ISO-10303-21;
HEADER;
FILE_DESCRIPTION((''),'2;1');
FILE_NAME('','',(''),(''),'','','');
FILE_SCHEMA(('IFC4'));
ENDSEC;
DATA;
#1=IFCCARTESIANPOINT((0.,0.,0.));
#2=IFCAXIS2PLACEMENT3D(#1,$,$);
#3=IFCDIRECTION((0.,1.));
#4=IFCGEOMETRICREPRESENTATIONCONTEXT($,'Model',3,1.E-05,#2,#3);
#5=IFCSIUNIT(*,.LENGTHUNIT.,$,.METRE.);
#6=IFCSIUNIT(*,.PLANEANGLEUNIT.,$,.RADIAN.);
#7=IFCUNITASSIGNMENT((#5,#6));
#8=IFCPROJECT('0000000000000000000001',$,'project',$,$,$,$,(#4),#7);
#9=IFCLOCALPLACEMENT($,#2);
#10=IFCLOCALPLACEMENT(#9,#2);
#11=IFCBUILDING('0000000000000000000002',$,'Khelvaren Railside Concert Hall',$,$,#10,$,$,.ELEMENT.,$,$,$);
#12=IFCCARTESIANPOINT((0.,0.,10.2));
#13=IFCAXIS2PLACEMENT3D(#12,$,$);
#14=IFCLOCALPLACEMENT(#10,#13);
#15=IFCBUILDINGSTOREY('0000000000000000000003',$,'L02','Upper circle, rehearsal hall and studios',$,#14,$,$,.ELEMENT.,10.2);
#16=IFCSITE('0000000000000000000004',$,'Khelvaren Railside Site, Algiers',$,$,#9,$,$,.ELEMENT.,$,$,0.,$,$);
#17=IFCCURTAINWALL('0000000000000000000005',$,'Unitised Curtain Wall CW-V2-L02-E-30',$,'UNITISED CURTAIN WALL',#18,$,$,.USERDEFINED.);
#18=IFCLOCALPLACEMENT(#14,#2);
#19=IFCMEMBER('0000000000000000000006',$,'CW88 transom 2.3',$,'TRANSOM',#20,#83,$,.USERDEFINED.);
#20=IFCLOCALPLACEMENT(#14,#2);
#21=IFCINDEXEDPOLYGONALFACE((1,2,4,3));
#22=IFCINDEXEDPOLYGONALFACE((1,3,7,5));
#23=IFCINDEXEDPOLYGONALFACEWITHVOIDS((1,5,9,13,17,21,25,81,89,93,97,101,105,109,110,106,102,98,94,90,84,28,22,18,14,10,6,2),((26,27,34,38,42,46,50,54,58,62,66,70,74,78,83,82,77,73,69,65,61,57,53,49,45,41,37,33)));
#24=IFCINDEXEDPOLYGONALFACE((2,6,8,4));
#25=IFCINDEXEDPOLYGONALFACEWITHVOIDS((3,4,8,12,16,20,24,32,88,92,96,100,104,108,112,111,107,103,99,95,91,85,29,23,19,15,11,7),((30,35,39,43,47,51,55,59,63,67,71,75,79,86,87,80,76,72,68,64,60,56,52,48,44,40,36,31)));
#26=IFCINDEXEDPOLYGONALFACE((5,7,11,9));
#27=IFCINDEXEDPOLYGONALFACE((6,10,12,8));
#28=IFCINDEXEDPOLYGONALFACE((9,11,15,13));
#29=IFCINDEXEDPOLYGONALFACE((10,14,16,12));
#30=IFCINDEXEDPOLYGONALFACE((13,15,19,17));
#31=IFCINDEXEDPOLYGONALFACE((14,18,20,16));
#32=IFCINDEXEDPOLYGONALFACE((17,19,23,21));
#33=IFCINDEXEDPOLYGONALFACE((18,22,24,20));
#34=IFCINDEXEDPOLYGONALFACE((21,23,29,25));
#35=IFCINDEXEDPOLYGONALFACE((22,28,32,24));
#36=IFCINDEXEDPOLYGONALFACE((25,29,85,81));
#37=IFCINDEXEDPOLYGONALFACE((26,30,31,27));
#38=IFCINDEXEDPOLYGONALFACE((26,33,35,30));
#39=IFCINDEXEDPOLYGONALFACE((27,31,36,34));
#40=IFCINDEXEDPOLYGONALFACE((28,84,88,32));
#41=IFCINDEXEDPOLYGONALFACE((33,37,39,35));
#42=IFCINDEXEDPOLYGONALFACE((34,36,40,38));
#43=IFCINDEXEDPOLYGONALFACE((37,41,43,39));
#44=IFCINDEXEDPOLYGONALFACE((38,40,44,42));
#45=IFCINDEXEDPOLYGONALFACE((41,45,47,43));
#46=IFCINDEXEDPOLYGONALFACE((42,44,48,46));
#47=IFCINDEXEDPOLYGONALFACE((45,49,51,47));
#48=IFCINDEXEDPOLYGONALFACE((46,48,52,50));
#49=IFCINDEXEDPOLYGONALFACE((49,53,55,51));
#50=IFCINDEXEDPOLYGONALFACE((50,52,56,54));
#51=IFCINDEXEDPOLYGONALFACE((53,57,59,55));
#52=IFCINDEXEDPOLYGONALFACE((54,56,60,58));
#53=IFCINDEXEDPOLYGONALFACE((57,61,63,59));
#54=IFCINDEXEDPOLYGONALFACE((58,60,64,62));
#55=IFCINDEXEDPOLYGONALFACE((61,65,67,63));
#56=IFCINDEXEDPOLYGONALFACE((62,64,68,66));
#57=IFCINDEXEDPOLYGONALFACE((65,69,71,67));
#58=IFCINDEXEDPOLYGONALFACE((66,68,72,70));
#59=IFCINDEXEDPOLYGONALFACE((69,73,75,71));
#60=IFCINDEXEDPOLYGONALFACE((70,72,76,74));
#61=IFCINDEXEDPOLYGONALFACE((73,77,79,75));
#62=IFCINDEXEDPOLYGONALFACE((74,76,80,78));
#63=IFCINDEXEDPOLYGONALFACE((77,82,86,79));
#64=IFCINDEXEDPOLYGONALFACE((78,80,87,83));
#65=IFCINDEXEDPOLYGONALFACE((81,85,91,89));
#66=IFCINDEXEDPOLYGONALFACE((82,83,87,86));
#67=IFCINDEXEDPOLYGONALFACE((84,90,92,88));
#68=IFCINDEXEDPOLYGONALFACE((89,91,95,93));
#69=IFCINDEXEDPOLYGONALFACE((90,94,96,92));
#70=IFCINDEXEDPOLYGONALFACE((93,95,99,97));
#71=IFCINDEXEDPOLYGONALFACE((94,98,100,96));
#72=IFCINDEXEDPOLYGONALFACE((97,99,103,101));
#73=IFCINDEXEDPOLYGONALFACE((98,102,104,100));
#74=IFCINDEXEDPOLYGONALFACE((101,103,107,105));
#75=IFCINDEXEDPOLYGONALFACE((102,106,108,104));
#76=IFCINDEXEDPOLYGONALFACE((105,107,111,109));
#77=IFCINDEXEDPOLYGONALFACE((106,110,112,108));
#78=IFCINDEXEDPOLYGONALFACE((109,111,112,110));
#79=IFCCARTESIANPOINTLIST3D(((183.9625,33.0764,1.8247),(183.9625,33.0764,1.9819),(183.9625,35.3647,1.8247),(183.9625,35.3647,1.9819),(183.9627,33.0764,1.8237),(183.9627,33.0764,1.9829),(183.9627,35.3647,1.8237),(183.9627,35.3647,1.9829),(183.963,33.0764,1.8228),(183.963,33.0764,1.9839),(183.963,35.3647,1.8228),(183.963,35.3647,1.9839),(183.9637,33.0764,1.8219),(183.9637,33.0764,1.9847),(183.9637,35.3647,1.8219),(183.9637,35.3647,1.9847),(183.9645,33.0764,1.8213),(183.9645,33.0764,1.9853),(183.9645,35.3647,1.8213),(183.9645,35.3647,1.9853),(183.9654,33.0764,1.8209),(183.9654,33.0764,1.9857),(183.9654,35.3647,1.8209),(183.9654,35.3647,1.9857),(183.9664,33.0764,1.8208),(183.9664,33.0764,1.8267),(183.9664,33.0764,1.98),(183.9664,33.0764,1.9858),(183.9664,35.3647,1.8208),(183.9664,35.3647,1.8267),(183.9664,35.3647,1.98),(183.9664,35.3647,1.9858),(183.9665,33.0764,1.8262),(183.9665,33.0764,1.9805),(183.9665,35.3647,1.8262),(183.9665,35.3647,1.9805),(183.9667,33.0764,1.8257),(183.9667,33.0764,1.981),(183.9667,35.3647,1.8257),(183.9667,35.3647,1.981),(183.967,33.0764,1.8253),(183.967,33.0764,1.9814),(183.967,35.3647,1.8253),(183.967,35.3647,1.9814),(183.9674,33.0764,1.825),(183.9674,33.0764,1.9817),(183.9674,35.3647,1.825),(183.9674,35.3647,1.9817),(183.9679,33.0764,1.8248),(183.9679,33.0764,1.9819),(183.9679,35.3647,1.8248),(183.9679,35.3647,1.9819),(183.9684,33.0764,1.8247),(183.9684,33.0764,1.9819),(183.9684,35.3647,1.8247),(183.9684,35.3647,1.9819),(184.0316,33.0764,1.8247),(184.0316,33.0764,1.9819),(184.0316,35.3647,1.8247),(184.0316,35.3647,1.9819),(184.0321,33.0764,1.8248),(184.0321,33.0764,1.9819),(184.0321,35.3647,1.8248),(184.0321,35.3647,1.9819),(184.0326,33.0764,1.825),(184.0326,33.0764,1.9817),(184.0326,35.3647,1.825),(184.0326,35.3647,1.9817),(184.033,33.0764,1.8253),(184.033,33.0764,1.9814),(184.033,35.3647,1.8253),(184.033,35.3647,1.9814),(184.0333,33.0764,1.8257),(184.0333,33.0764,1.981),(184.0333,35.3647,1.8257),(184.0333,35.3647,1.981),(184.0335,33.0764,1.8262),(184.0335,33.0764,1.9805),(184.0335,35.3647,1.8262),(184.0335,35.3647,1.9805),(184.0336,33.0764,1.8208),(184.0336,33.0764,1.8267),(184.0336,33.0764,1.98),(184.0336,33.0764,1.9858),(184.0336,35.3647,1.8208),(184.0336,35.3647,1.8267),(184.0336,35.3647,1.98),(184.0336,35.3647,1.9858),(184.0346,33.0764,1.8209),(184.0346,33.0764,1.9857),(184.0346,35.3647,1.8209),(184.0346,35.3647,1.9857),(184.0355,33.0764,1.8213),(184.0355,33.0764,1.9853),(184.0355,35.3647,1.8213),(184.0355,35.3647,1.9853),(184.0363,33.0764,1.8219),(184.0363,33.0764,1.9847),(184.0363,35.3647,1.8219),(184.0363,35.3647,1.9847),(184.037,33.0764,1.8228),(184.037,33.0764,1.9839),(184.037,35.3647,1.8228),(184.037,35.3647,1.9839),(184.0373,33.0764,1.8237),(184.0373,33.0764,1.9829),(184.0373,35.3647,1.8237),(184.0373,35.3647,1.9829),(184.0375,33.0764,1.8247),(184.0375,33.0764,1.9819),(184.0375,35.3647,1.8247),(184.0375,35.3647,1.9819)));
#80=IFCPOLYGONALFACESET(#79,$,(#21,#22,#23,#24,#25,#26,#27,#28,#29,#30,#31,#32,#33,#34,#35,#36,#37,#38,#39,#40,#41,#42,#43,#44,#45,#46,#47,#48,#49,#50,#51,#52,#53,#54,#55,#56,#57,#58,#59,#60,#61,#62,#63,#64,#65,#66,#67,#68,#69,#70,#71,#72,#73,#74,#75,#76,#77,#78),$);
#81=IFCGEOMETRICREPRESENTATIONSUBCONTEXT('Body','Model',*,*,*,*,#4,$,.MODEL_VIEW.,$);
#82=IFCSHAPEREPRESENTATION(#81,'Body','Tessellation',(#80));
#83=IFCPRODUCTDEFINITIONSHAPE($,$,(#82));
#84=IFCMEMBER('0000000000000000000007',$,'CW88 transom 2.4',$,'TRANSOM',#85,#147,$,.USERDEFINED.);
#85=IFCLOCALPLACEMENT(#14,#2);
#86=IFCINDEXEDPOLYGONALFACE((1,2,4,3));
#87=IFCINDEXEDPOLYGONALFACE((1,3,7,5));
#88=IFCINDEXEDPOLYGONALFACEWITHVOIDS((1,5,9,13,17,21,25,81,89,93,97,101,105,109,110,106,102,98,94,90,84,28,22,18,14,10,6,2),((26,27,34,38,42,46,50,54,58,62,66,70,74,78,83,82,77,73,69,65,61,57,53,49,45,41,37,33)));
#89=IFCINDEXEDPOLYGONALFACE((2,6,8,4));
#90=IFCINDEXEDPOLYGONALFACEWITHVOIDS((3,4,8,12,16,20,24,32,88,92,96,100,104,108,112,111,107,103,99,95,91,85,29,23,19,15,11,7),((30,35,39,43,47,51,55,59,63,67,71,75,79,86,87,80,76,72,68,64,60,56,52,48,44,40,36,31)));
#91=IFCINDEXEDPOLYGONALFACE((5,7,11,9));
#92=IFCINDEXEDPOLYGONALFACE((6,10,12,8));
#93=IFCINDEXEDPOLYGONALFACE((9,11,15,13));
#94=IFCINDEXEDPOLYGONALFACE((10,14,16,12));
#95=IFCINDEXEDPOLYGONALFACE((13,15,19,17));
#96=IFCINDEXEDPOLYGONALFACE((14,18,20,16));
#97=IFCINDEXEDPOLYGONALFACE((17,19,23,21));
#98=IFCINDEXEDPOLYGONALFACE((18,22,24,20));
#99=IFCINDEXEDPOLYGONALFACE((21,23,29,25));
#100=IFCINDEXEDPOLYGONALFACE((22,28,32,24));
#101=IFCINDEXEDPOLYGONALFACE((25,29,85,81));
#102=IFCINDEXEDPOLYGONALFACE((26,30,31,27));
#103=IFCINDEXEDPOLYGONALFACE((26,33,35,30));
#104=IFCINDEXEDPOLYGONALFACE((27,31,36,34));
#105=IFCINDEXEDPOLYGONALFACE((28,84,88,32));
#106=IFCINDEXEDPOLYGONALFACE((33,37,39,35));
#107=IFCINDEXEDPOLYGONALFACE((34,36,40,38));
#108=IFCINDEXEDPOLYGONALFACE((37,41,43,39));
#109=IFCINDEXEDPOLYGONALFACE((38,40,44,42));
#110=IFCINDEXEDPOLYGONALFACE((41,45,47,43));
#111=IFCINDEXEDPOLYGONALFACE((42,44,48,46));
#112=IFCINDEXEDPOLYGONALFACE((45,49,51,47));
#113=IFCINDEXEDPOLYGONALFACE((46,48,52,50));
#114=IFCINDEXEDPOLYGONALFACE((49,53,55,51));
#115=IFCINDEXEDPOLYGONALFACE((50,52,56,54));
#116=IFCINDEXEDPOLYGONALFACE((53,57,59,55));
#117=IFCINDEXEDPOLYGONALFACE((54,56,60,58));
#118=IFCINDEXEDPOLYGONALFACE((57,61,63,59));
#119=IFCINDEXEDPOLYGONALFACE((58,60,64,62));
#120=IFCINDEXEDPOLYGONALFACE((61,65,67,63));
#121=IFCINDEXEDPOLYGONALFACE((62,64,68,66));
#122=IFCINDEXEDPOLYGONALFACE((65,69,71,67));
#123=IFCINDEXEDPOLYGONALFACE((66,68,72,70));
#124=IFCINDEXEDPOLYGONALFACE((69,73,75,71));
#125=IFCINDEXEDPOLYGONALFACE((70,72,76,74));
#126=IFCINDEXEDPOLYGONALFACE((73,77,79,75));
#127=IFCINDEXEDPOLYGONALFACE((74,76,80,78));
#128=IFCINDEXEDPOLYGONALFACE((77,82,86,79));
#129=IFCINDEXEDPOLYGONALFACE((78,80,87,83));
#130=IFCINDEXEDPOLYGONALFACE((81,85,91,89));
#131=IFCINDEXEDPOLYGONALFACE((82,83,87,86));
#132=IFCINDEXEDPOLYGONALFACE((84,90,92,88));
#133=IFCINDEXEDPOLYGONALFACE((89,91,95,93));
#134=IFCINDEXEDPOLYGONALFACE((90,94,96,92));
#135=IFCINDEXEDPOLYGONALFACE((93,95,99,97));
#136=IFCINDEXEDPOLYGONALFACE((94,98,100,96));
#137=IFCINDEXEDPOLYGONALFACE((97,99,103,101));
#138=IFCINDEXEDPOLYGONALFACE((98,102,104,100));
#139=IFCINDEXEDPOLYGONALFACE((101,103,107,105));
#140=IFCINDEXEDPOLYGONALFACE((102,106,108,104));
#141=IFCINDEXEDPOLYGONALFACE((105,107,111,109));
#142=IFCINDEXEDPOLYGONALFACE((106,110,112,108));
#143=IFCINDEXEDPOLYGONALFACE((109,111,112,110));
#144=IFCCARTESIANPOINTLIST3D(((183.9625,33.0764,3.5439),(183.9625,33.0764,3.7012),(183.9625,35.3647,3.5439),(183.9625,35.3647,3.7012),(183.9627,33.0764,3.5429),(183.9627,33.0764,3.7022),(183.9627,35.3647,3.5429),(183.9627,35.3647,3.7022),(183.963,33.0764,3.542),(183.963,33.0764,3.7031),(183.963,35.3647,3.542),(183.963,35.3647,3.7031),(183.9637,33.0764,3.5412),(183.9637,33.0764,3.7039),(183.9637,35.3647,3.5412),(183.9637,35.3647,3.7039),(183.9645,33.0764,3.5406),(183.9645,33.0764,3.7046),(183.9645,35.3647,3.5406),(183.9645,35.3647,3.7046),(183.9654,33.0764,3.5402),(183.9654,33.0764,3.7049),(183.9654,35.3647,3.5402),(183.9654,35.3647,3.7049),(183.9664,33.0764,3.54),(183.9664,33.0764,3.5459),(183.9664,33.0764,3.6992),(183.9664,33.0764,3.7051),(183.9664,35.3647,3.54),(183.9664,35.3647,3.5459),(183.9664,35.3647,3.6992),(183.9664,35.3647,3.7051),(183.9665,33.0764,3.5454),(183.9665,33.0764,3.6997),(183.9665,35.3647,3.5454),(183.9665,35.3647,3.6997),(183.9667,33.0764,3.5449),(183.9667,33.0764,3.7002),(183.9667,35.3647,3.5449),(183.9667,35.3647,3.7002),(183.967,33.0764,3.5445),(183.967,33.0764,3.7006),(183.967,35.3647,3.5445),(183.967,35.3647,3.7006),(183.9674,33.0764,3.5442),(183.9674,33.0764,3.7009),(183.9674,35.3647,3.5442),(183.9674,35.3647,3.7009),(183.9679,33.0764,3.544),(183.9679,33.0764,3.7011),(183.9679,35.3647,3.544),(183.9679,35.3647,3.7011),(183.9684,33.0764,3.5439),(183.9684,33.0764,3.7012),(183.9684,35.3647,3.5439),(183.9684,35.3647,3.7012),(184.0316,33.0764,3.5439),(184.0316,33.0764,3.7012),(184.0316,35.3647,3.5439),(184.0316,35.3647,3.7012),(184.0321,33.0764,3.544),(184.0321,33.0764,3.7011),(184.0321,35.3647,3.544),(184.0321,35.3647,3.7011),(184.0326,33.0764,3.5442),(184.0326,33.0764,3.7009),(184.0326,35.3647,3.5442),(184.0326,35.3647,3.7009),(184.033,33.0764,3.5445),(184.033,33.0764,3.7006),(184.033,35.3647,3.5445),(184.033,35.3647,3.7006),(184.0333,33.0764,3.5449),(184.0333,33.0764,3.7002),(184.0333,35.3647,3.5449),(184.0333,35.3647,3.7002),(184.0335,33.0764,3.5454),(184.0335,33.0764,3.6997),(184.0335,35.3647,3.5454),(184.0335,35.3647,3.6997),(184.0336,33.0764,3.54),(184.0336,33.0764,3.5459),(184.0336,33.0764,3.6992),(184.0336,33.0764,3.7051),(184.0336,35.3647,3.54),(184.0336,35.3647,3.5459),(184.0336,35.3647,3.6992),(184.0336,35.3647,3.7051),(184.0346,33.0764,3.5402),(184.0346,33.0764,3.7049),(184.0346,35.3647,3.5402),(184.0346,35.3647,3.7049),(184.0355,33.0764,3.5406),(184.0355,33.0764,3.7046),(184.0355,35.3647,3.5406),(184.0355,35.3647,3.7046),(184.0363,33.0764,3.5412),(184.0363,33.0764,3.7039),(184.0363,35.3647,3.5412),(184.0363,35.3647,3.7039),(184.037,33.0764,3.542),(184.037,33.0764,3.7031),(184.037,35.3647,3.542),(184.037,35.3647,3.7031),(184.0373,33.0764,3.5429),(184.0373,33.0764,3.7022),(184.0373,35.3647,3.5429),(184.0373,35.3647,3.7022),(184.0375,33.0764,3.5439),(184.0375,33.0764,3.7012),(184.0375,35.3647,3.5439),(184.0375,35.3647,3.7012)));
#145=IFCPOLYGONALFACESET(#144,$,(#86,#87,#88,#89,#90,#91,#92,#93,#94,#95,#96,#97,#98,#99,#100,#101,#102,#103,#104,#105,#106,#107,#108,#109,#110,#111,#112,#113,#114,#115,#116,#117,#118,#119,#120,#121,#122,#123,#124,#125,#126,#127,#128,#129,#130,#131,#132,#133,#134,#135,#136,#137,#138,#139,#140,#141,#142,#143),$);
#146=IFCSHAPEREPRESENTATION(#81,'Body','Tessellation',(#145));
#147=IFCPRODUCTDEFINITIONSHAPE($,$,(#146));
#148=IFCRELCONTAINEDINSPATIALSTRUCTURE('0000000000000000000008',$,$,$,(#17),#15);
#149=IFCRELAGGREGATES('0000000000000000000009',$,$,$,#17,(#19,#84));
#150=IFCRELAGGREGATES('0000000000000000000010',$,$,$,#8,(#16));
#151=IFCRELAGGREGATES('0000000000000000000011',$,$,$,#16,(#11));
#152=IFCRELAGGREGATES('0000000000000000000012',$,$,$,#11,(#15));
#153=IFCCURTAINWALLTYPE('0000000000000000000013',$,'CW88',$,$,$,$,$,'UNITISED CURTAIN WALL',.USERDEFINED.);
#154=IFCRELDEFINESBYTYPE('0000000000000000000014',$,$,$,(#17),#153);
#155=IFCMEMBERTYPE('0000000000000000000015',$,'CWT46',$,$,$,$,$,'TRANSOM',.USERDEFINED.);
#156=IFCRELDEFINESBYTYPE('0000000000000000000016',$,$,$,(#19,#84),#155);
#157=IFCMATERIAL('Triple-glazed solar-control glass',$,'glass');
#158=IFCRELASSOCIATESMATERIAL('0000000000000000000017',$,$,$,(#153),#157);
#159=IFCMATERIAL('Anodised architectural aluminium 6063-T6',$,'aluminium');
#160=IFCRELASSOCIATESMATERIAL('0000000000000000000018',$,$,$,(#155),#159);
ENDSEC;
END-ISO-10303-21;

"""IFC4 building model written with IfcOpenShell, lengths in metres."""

from ifc_helpers import new_model, si_unit, direction, frame, origin, origin_2d, place, context, subcontext, project, spatial, hollow_rectangle, extrude, material, material_profile, profile_set, type_object, element, aggregate, save


model = new_model("IFC4")

# Units and contexts
model_context = context("Model", 3, precision=1e-05, world=origin(), true_north=direction((0.0, 1.0)))
body_context = subcontext(model_context, "Body", "Model", "MODEL_VIEW")
ifc_project = project(units=[si_unit("LENGTHUNIT", "METRE"), si_unit("PLANEANGLEUNIT", "RADIAN")], contexts=[model_context])

# Site, building, storey
site_placement = place(None, origin())
site = spatial("IfcSite", under=ifc_project, at=site_placement, Name="Khelvaren Railside Site, Algiers", CompositionType="ELEMENT", RefElevation=0.0)
building_placement = place(site_placement, origin())
building = spatial("IfcBuilding", under=site, at=building_placement, Name="Khelvaren Railside Concert Hall", CompositionType="ELEMENT")
storey_placement = place(building_placement, frame((0.0, 0.0, 10.2)))
storey = spatial("IfcBuildingStorey", under=building, at=storey_placement, Name="L02", Description="Upper circle, rehearsal hall and studios", CompositionType="ELEMENT", Elevation=10.2)

# Curtain wall
ifc_material_1 = material(Name="Triple-glazed solar-control glass", Category="glass")
curtain_wall_type_1 = type_object("IfcCurtainWallType", Name="CW88", ElementType="UNITISED CURTAIN WALL", PredefinedType="USERDEFINED", material=ifc_material_1)
curtain_wall_1_placement = place(storey_placement, origin())
curtain_wall_1 = element("IfcCurtainWall", 1, at=curtain_wall_1_placement, inside=storey, type_object=curtain_wall_type_1, Name="Unitised Curtain Wall CW-V2-L02-E-30", ObjectType="UNITISED CURTAIN WALL", PredefinedType="USERDEFINED")
ifc_material_2 = material(Name="Anodised architectural aluminium 6063-T6", Category="aluminium")

# Members
ifc_material_profile_1 = material_profile(ifc_material_2, hollow_rectangle(XDim=0.075, YDim=0.165, WallThickness=0.0039, InnerFilletRadius=0.002, OuterFilletRadius=0.0039, at=origin_2d()), Name="CWT 75x165x4")
ifc_profile_set_1 = profile_set([ifc_material_profile_1], Name="Anodised architectural aluminium 6063-T6")
member_type_1 = type_object("IfcMemberType", Name="CWT46", ElementType="TRANSOM", PredefinedType="USERDEFINED", material=ifc_profile_set_1)
member_1_placement = place(storey_placement, frame((184.0, 35.3647, 1.9033), z_axis=(0.0, -1.0, 0.0), x_axis=(1.0, 0.0, 0.0)))
member_1 = element("IfcMember", 2, at=member_1_placement, type_object=member_type_1, Name="CW88 transom 2.3", ObjectType="TRANSOM", PredefinedType="USERDEFINED", context=body_context, shape_type="SweptSolid", body=[
    extrude(hollow_rectangle(XDim=0.075, YDim=0.165, WallThickness=0.0039, InnerFilletRadius=0.002, OuterFilletRadius=0.0039, at=origin_2d()), origin(), (0.0, 0.0, 1.0), 2.2883),
])
member_2_placement = place(storey_placement, frame((184.0, 35.3647, 3.6226), z_axis=(0.0, -1.0, 0.0), x_axis=(1.0, 0.0, 0.0)))
member_2 = element("IfcMember", 3, at=member_2_placement, type_object=member_type_1, Name="CW88 transom 2.4", ObjectType="TRANSOM", PredefinedType="USERDEFINED", context=body_context, shape_type="SweptSolid", body=[
    extrude(hollow_rectangle(XDim=0.075, YDim=0.165, WallThickness=0.0039, InnerFilletRadius=0.002, OuterFilletRadius=0.0039, at=origin_2d()), origin(), (0.0, 0.0, 1.0), 2.2883),
])

aggregate(curtain_wall_1, [member_1, member_2])

save(model, "model.ifc")
